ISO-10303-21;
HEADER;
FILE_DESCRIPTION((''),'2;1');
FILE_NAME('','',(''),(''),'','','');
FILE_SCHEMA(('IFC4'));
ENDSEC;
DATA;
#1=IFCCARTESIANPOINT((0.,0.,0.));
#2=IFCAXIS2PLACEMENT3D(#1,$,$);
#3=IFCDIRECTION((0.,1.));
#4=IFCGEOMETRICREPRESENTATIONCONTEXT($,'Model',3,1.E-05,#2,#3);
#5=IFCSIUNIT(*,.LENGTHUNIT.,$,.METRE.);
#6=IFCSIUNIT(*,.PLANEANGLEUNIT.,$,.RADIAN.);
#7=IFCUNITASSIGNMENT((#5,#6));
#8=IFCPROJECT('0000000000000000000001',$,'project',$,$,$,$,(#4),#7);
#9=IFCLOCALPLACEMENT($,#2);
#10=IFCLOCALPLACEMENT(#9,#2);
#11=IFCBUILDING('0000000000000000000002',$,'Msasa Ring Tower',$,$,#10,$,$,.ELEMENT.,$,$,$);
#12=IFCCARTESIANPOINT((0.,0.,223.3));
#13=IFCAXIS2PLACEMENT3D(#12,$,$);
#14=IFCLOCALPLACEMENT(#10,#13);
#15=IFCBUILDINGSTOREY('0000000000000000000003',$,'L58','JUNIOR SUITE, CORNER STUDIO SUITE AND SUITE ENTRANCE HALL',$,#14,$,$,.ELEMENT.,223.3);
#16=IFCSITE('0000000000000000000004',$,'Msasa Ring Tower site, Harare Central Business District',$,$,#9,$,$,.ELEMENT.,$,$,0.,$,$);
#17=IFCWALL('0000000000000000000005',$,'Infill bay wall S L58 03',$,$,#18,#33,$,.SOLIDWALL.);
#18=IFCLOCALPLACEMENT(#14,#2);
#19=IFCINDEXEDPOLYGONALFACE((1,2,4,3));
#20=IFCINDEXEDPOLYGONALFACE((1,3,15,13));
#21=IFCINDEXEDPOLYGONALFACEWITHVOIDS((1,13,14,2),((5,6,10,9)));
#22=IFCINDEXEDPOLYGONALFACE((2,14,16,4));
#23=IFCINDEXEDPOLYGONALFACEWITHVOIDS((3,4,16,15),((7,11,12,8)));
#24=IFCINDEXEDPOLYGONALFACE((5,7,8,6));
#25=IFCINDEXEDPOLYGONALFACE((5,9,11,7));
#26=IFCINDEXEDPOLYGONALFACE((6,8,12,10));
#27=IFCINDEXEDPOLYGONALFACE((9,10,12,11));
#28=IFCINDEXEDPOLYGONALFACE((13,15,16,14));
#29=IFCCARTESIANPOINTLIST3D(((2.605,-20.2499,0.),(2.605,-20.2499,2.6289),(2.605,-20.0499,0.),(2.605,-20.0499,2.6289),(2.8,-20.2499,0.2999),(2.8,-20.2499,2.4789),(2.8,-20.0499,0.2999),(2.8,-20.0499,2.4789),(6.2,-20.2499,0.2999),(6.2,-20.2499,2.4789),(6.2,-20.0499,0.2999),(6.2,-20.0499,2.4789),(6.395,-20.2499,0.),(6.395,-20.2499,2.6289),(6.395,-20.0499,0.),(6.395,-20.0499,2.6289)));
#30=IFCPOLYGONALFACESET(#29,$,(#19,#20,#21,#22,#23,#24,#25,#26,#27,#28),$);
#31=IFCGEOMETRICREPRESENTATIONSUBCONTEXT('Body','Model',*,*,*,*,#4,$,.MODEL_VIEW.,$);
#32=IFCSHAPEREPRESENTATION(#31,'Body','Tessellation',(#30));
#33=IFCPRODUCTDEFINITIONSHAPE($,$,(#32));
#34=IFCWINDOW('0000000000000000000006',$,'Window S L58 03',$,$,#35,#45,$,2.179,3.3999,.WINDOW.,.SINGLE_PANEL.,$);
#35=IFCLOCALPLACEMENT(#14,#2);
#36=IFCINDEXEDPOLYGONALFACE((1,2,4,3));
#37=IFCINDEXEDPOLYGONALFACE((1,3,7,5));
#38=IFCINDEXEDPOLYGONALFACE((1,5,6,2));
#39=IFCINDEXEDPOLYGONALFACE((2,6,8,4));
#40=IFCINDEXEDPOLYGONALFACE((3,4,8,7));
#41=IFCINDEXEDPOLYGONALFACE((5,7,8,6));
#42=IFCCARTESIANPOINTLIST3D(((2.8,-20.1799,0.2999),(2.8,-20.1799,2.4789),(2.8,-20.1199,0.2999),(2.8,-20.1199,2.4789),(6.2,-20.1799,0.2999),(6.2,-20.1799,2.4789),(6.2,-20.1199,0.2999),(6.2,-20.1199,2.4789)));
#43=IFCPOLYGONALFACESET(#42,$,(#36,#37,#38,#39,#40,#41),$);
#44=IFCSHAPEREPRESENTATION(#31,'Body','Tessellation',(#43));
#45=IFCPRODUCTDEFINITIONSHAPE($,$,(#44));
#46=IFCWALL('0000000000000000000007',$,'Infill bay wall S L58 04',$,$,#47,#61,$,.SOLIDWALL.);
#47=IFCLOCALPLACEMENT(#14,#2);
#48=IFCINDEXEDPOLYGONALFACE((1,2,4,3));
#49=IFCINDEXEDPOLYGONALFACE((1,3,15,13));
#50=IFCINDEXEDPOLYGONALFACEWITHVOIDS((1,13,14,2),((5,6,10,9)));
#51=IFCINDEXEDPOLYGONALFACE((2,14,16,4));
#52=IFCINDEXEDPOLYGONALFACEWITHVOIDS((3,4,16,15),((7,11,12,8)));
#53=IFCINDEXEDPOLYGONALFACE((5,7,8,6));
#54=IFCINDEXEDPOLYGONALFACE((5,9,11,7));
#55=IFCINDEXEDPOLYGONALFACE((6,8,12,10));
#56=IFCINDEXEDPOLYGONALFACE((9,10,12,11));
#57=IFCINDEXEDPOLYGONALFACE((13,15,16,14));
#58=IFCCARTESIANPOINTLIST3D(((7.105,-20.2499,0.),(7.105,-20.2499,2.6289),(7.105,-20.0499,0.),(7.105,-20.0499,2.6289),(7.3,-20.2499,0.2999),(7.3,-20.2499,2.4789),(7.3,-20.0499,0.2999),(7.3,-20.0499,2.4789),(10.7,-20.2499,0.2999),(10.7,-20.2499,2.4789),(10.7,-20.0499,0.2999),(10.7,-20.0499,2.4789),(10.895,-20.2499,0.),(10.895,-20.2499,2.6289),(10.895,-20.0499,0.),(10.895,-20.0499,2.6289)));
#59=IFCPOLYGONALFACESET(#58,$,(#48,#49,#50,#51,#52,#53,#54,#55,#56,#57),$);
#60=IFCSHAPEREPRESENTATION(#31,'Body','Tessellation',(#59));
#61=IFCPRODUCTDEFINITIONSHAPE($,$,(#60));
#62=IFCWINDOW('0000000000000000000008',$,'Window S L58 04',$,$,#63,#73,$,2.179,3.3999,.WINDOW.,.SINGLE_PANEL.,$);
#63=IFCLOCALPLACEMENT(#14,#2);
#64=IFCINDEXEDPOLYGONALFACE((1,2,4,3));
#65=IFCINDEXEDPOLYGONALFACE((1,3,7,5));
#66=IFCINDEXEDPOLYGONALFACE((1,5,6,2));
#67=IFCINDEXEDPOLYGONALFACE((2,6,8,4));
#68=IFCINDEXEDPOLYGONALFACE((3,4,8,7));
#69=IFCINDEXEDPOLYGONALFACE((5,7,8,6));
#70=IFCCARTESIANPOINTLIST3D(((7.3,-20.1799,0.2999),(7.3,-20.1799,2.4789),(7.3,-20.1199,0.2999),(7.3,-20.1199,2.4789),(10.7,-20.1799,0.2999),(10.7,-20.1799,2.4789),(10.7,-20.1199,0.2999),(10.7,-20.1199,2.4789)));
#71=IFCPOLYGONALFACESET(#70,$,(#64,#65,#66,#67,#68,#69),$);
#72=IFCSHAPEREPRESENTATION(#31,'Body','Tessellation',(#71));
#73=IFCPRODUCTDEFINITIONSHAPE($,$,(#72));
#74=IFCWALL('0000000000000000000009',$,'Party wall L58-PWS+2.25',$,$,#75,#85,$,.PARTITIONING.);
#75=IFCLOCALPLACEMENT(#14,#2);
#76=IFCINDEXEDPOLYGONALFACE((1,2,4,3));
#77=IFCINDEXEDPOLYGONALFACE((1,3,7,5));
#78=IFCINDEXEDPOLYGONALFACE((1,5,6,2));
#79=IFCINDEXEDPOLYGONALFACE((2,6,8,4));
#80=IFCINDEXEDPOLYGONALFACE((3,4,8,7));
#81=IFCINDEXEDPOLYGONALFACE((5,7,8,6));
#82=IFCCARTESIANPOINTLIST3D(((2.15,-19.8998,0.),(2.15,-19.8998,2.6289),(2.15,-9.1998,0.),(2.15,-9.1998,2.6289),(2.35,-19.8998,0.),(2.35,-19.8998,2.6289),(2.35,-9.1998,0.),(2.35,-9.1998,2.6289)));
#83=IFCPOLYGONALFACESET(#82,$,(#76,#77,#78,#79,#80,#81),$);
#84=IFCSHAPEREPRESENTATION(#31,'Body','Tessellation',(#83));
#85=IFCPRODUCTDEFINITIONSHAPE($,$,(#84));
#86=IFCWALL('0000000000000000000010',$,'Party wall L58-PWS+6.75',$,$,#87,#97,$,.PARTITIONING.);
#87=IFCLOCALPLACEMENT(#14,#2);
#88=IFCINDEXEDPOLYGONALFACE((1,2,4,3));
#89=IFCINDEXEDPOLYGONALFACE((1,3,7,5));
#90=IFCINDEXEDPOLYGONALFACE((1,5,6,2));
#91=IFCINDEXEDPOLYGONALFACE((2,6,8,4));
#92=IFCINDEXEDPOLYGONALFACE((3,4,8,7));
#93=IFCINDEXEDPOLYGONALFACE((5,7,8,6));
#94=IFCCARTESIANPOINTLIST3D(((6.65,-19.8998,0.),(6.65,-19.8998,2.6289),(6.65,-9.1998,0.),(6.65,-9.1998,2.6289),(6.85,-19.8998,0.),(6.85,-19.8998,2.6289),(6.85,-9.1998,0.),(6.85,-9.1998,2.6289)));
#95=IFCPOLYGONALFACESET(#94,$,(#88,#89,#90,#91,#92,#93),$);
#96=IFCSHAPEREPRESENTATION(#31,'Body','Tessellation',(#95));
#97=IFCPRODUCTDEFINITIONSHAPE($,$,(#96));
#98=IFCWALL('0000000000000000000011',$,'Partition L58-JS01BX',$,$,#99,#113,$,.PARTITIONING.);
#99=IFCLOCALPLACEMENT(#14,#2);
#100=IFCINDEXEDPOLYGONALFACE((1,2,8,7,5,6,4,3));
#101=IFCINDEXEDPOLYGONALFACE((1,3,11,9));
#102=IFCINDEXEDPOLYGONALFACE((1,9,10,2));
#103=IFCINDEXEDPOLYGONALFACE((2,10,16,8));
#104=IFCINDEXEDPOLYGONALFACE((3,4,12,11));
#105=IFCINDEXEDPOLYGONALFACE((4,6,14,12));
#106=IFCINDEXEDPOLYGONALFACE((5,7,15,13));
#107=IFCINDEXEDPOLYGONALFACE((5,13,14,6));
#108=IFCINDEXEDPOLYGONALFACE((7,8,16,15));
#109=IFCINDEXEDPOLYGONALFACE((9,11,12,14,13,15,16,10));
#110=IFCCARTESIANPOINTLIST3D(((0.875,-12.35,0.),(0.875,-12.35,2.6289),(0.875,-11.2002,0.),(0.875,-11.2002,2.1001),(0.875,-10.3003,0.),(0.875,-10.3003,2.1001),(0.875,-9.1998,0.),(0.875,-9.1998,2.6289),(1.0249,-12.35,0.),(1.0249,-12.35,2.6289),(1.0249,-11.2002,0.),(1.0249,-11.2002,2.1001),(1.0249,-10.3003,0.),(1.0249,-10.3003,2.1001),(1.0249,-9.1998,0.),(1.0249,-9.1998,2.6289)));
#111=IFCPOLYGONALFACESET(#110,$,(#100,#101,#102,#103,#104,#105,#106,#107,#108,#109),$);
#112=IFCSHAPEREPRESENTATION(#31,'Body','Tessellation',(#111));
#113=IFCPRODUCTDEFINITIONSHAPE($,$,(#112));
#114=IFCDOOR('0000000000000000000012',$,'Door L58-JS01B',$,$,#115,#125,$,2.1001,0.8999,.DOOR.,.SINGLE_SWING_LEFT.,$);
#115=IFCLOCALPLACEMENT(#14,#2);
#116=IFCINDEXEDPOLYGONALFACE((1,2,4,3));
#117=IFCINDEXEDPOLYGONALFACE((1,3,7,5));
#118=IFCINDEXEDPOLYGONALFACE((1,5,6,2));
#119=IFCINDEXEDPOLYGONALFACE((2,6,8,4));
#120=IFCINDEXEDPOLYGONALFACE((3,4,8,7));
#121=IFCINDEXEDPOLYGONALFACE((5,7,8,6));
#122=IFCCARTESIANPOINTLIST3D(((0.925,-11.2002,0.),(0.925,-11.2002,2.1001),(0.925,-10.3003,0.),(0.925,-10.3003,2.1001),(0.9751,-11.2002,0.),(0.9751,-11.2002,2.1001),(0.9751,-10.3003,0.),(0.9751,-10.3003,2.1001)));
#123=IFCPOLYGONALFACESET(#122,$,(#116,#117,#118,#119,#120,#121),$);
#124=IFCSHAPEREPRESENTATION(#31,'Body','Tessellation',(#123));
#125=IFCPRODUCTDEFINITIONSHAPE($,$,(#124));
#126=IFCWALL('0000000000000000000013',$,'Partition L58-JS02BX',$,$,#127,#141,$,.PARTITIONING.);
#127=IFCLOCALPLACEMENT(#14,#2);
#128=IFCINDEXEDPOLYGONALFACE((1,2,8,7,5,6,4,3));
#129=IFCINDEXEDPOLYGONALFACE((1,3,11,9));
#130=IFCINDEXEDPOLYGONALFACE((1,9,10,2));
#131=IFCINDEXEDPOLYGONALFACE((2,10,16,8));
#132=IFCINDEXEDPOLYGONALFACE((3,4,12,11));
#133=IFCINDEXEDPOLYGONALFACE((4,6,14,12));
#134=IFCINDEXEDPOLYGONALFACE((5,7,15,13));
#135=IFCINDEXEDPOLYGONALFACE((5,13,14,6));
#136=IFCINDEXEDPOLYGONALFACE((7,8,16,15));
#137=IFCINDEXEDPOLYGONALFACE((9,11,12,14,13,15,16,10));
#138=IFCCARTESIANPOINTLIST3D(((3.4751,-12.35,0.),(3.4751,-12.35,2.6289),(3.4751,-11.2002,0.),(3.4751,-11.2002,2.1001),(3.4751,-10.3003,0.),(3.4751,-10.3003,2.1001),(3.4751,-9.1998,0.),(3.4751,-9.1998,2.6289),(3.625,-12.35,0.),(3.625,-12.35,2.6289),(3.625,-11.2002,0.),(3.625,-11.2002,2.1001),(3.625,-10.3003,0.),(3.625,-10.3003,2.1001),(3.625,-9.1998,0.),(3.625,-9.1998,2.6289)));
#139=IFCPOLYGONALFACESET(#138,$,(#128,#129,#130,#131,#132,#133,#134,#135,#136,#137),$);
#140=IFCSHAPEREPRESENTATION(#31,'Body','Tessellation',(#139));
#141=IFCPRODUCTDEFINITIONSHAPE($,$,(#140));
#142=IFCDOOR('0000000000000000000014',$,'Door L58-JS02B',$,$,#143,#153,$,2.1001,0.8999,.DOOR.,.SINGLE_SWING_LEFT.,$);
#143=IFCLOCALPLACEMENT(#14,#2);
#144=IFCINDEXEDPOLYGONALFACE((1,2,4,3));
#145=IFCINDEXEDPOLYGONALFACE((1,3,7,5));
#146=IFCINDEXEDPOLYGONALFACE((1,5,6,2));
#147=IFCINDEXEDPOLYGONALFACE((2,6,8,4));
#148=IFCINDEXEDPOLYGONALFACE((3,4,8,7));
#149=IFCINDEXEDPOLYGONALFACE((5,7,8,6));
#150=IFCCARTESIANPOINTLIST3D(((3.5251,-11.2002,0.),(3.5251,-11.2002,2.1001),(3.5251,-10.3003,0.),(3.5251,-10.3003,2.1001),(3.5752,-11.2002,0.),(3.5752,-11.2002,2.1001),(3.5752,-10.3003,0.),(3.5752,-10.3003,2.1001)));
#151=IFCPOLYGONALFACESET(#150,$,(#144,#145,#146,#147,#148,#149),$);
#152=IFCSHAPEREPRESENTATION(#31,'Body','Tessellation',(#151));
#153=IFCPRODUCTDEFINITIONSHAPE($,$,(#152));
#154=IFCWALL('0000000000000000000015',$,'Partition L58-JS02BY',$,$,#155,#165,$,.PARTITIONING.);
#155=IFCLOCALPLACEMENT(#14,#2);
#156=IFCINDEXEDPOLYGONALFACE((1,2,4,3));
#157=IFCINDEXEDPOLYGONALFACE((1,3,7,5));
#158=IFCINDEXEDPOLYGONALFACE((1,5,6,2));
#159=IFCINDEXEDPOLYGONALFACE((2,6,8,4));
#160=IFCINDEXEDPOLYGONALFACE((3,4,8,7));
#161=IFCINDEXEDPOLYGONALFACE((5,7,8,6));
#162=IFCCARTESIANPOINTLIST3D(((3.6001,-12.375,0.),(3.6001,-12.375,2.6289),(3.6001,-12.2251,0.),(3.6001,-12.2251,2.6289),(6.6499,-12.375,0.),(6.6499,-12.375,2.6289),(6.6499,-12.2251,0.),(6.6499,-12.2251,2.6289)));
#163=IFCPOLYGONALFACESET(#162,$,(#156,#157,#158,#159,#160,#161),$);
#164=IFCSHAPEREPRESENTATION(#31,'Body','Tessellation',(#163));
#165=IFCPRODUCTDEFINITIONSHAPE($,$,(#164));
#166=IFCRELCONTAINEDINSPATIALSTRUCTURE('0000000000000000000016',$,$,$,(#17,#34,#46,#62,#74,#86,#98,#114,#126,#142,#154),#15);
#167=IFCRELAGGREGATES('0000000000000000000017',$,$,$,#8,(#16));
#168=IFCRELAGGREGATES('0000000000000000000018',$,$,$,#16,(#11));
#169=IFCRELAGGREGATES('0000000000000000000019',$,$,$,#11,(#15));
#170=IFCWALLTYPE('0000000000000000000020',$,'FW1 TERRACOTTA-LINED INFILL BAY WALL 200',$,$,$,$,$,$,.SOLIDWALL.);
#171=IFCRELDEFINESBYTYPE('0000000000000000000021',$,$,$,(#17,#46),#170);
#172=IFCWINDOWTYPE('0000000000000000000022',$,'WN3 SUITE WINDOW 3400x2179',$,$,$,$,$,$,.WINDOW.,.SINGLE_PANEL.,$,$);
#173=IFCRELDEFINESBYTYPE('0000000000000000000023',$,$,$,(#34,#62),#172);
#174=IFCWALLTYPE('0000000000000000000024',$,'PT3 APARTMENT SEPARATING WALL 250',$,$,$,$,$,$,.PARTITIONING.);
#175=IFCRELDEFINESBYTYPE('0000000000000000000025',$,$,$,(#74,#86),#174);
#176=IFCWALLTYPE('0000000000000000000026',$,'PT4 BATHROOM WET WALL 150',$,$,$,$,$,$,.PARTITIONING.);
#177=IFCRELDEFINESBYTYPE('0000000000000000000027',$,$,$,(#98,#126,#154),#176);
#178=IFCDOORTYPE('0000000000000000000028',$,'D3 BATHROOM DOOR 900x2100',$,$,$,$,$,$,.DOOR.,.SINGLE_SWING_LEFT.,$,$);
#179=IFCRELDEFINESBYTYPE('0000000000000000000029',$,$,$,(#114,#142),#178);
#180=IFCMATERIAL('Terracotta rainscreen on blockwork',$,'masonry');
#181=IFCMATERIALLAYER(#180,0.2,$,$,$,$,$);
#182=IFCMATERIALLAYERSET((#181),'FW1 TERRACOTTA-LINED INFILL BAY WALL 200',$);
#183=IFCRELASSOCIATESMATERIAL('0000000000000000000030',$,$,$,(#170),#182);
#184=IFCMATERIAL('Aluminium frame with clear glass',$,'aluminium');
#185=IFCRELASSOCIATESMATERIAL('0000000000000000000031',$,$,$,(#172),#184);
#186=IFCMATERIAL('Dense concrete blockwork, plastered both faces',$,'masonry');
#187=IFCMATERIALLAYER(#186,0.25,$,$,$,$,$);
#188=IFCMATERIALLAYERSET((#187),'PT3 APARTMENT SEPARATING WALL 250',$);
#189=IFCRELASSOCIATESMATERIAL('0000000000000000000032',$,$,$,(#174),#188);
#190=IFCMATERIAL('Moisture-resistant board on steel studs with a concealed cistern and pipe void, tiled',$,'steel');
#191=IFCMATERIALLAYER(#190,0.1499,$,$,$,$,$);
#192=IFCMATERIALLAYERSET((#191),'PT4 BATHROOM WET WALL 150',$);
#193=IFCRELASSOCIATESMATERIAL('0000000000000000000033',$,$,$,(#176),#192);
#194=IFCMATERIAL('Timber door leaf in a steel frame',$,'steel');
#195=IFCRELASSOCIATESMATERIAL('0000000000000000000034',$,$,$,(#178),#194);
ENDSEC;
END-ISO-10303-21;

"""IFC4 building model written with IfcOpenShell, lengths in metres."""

from ifc_helpers import new_model, si_unit, direction, frame, frame_2d, origin, place, context, subcontext, project, spatial, rectangle, extrude, material, layer, layer_set, type_object, element, fill, save


model = new_model("IFC4")

# Units and contexts
model_context = context("Model", 3, precision=1e-05, world=origin(), true_north=direction((0.0, 1.0)))
body_context = subcontext(model_context, "Body", "Model", "MODEL_VIEW")
ifc_project = project(units=[si_unit("LENGTHUNIT", "METRE"), si_unit("PLANEANGLEUNIT", "RADIAN")], contexts=[model_context])

# Site, building, storey
site_placement = place(None, origin())
site = spatial("IfcSite", under=ifc_project, at=site_placement, Name="Msasa Ring Tower site, Harare Central Business District", CompositionType="ELEMENT", RefElevation=0.0)
building_placement = place(site_placement, origin())
building = spatial("IfcBuilding", under=site, at=building_placement, Name="Msasa Ring Tower", CompositionType="ELEMENT")
storey_placement = place(building_placement, frame((0.0, 0.0, 223.3)))
storey = spatial("IfcBuildingStorey", under=building, at=storey_placement, Name="L58", Description="JUNIOR SUITE, CORNER STUDIO SUITE AND SUITE ENTRANCE HALL", CompositionType="ELEMENT", Elevation=223.3)

# Walls, openings, windows
ifc_material_1 = material(Name="Terracotta rainscreen on blockwork", Category="masonry")
ifc_layer_1 = layer(ifc_material_1, 0.2)
ifc_layer_set_1 = layer_set([ifc_layer_1], Name="FW1 TERRACOTTA-LINED INFILL BAY WALL 200")
wall_type_1 = type_object("IfcWallType", Name="FW1 TERRACOTTA-LINED INFILL BAY WALL 200", PredefinedType="SOLIDWALL", material=ifc_layer_set_1)
wall_1_placement = place(storey_placement, frame((2.605, -20.1499, 0.0), z_axis=(0.0, 0.0, 1.0), x_axis=(1.0, 0.0, 0.0)))
wall_1 = element("IfcWall", 1, at=wall_1_placement, inside=storey, type_object=wall_type_1, Name="Infill bay wall S L58 03", PredefinedType="SOLIDWALL", context=body_context, shape_type="SweptSolid", body=[
    extrude(rectangle(XDim=3.79, YDim=0.2, at=frame_2d((1.895, 0.0))), origin(), (0.0, 0.0, 1.0), 2.6289),
])
opening_1_placement = place(wall_1_placement, frame((0.1951, 0.0, 0.3)))
opening_1 = element("IfcOpeningElement", 2, at=opening_1_placement, cuts=wall_1, PredefinedType="OPENING", context=body_context, shape_type="SweptSolid", body=[
    extrude(rectangle(XDim=3.3999, YDim=2.179, at=frame_2d((1.7, 1.0894))), frame((0.0, 0.1099, 0.0), z_axis=(0.0, -1.0, 0.0), x_axis=(1.0, 0.0, 0.0)), (0.0, 0.0, 1.0), 0.22),
])
ifc_material_2 = material(Name="Aluminium frame with clear glass", Category="aluminium")
window_type = type_object("IfcWindowType", Name="WN3 SUITE WINDOW 3400x2179", PartitioningType="SINGLE_PANEL", PredefinedType="WINDOW", material=ifc_material_2)
window_1_placement = place(opening_1_placement, origin())
window_1 = element("IfcWindow", 3, at=window_1_placement, inside=storey, type_object=window_type, Name="Window S L58 03", OverallHeight=2.179, OverallWidth=3.3999, PartitioningType="SINGLE_PANEL", PredefinedType="WINDOW", context=body_context, shape_type="SweptSolid", body=[
    extrude(rectangle(XDim=3.3999, YDim=2.179, at=frame_2d((1.7, 1.0894))), frame((0.0, 0.03, 0.0), z_axis=(0.0, -1.0, 0.0), x_axis=(1.0, 0.0, 0.0)), (0.0, 0.0, 1.0), 0.0601),
])
fill(opening_1, window_1)
wall_2_placement = place(storey_placement, frame((7.105, -20.1499, 0.0), z_axis=(0.0, 0.0, 1.0), x_axis=(1.0, 0.0, 0.0)))
wall_2 = element("IfcWall", 4, at=wall_2_placement, inside=storey, type_object=wall_type_1, Name="Infill bay wall S L58 04", PredefinedType="SOLIDWALL", context=body_context, shape_type="SweptSolid", body=[
    extrude(rectangle(XDim=3.79, YDim=0.2, at=frame_2d((1.895, 0.0))), origin(), (0.0, 0.0, 1.0), 2.6289),
])
opening_2_placement = place(wall_2_placement, frame((0.1951, 0.0, 0.3)))
opening_2 = element("IfcOpeningElement", 5, at=opening_2_placement, cuts=wall_2, PredefinedType="OPENING", context=body_context, shape_type="SweptSolid", body=[
    extrude(rectangle(XDim=3.3999, YDim=2.179, at=frame_2d((1.7, 1.0894))), frame((0.0, 0.1099, 0.0), z_axis=(0.0, -1.0, 0.0), x_axis=(1.0, 0.0, 0.0)), (0.0, 0.0, 1.0), 0.22),
])
window_2_placement = place(opening_2_placement, origin())
window_2 = element("IfcWindow", 6, at=window_2_placement, inside=storey, type_object=window_type, Name="Window S L58 04", OverallHeight=2.179, OverallWidth=3.3999, PartitioningType="SINGLE_PANEL", PredefinedType="WINDOW", context=body_context, shape_type="SweptSolid", body=[
    extrude(rectangle(XDim=3.3999, YDim=2.179, at=frame_2d((1.7, 1.0894))), frame((0.0, 0.03, 0.0), z_axis=(0.0, -1.0, 0.0), x_axis=(1.0, 0.0, 0.0)), (0.0, 0.0, 1.0), 0.0601),
])
fill(opening_2, window_2)

# Walls
ifc_material_3 = material(Name="Dense concrete blockwork, plastered both faces", Category="masonry")
ifc_layer_2 = layer(ifc_material_3, 0.25)
ifc_layer_set_2 = layer_set([ifc_layer_2], Name="PT3 APARTMENT SEPARATING WALL 250")
wall_type_2 = type_object("IfcWallType", Name="PT3 APARTMENT SEPARATING WALL 250", PredefinedType="PARTITIONING", material=ifc_layer_set_2)
for number, where, z_axis, x_axis, name in (
    (7, (2.25, -19.8999, 0.0), (0.0, 0.0, 1.0), (0.0, 1.0, 0.0), "Party wall L58-PWS+2.25"),
    (8, (6.75, -19.8999, 0.0), (0.0, 0.0, 1.0), (0.0, 1.0, 0.0), "Party wall L58-PWS+6.75"),
):
    element("IfcWall", number, at=place(storey_placement, frame(where, z_axis=z_axis, x_axis=x_axis)), inside=storey, type_object=wall_type_2, Name=name, PredefinedType="PARTITIONING", context=body_context, shape_type="SweptSolid", body=[
        extrude(rectangle(XDim=10.7, YDim=0.2, at=frame_2d((5.3501, 0.0))), origin(), (0.0, 0.0, 1.0), 2.6289),
    ])

# Walls, openings, doors
ifc_material_4 = material(Name="Moisture-resistant board on steel studs with a concealed cistern and pipe void, tiled", Category="steel")
ifc_layer_3 = layer(ifc_material_4, 0.1499)
ifc_layer_set_3 = layer_set([ifc_layer_3], Name="PT4 BATHROOM WET WALL 150")
wall_type_3 = type_object("IfcWallType", Name="PT4 BATHROOM WET WALL 150", PredefinedType="PARTITIONING", material=ifc_layer_set_3)
wall_3_placement = place(storey_placement, frame((0.95, -12.3501, 0.0), z_axis=(0.0, 0.0, 1.0), x_axis=(0.0, 1.0, 0.0)))
wall_3 = element("IfcWall", 9, at=wall_3_placement, inside=storey, type_object=wall_type_3, Name="Partition L58-JS01BX", PredefinedType="PARTITIONING", context=body_context, shape_type="SweptSolid", body=[
    extrude(rectangle(XDim=3.1501, YDim=0.1499, at=frame_2d((1.5752, 0.0))), origin(), (0.0, 0.0, 1.0), 2.6289),
])
opening_3_placement = place(wall_3_placement, frame((1.1499, 0.0, 0.0)))
opening_3 = element("IfcOpeningElement", 10, at=opening_3_placement, cuts=wall_3, PredefinedType="OPENING", context=body_context, shape_type="SweptSolid", body=[
    extrude(rectangle(XDim=0.8999, YDim=2.1001, at=frame_2d((0.45, 1.05))), frame((0.0, 0.085, 0.0), z_axis=(0.0, -1.0, 0.0), x_axis=(1.0, 0.0, 0.0)), (0.0, 0.0, 1.0), 0.1699),
])
ifc_material_5 = material(Name="Timber door leaf in a steel frame", Category="steel")
door_type = type_object("IfcDoorType", Name="D3 BATHROOM DOOR 900x2100", OperationType="SINGLE_SWING_LEFT", PredefinedType="DOOR", material=ifc_material_5)
door_1_placement = place(opening_3_placement, origin())
door_1 = element("IfcDoor", 11, at=door_1_placement, inside=storey, type_object=door_type, Name="Door L58-JS01B", OperationType="SINGLE_SWING_LEFT", OverallHeight=2.1001, OverallWidth=0.8999, PredefinedType="DOOR", context=body_context, shape_type="SweptSolid", body=[
    extrude(rectangle(XDim=0.8999, YDim=2.1001, at=frame_2d((0.45, 1.05))), frame((0.0, 0.0249, 0.0), z_axis=(0.0, -1.0, 0.0), x_axis=(1.0, 0.0, 0.0)), (0.0, 0.0, 1.0), 0.05),
])
fill(opening_3, door_1)
wall_4_placement = place(storey_placement, frame((3.55, -12.3501, 0.0), z_axis=(0.0, 0.0, 1.0), x_axis=(0.0, 1.0, 0.0)))
wall_4 = element("IfcWall", 12, at=wall_4_placement, inside=storey, type_object=wall_type_3, Name="Partition L58-JS02BX", PredefinedType="PARTITIONING", context=body_context, shape_type="SweptSolid", body=[
    extrude(rectangle(XDim=3.1501, YDim=0.1499, at=frame_2d((1.5752, 0.0))), origin(), (0.0, 0.0, 1.0), 2.6289),
])
opening_4_placement = place(wall_4_placement, frame((1.1499, 0.0, 0.0)))
opening_4 = element("IfcOpeningElement", 13, at=opening_4_placement, cuts=wall_4, PredefinedType="OPENING", context=body_context, shape_type="SweptSolid", body=[
    extrude(rectangle(XDim=0.8999, YDim=2.1001, at=frame_2d((0.45, 1.05))), frame((0.0, 0.085, 0.0), z_axis=(0.0, -1.0, 0.0), x_axis=(1.0, 0.0, 0.0)), (0.0, 0.0, 1.0), 0.1699),
])
door_2_placement = place(opening_4_placement, origin())
door_2 = element("IfcDoor", 14, at=door_2_placement, inside=storey, type_object=door_type, Name="Door L58-JS02B", OperationType="SINGLE_SWING_LEFT", OverallHeight=2.1001, OverallWidth=0.8999, PredefinedType="DOOR", context=body_context, shape_type="SweptSolid", body=[
    extrude(rectangle(XDim=0.8999, YDim=2.1001, at=frame_2d((0.45, 1.05))), frame((0.0, 0.0249, 0.0), z_axis=(0.0, -1.0, 0.0), x_axis=(1.0, 0.0, 0.0)), (0.0, 0.0, 1.0), 0.05),
])
fill(opening_4, door_2)

# Wall
wall_5_placement = place(storey_placement, frame((3.6001, -12.3, 0.0), z_axis=(0.0, 0.0, 1.0), x_axis=(1.0, 0.0, 0.0)))
element("IfcWall", 15, at=wall_5_placement, inside=storey, type_object=wall_type_3, Name="Partition L58-JS02BY", PredefinedType="PARTITIONING", context=body_context, shape_type="SweptSolid", body=[
    extrude(rectangle(XDim=3.0498, YDim=0.1499, at=frame_2d((1.5249, 0.0))), origin(), (0.0, 0.0, 1.0), 2.6289),
])

save(model, "model.ifc")
